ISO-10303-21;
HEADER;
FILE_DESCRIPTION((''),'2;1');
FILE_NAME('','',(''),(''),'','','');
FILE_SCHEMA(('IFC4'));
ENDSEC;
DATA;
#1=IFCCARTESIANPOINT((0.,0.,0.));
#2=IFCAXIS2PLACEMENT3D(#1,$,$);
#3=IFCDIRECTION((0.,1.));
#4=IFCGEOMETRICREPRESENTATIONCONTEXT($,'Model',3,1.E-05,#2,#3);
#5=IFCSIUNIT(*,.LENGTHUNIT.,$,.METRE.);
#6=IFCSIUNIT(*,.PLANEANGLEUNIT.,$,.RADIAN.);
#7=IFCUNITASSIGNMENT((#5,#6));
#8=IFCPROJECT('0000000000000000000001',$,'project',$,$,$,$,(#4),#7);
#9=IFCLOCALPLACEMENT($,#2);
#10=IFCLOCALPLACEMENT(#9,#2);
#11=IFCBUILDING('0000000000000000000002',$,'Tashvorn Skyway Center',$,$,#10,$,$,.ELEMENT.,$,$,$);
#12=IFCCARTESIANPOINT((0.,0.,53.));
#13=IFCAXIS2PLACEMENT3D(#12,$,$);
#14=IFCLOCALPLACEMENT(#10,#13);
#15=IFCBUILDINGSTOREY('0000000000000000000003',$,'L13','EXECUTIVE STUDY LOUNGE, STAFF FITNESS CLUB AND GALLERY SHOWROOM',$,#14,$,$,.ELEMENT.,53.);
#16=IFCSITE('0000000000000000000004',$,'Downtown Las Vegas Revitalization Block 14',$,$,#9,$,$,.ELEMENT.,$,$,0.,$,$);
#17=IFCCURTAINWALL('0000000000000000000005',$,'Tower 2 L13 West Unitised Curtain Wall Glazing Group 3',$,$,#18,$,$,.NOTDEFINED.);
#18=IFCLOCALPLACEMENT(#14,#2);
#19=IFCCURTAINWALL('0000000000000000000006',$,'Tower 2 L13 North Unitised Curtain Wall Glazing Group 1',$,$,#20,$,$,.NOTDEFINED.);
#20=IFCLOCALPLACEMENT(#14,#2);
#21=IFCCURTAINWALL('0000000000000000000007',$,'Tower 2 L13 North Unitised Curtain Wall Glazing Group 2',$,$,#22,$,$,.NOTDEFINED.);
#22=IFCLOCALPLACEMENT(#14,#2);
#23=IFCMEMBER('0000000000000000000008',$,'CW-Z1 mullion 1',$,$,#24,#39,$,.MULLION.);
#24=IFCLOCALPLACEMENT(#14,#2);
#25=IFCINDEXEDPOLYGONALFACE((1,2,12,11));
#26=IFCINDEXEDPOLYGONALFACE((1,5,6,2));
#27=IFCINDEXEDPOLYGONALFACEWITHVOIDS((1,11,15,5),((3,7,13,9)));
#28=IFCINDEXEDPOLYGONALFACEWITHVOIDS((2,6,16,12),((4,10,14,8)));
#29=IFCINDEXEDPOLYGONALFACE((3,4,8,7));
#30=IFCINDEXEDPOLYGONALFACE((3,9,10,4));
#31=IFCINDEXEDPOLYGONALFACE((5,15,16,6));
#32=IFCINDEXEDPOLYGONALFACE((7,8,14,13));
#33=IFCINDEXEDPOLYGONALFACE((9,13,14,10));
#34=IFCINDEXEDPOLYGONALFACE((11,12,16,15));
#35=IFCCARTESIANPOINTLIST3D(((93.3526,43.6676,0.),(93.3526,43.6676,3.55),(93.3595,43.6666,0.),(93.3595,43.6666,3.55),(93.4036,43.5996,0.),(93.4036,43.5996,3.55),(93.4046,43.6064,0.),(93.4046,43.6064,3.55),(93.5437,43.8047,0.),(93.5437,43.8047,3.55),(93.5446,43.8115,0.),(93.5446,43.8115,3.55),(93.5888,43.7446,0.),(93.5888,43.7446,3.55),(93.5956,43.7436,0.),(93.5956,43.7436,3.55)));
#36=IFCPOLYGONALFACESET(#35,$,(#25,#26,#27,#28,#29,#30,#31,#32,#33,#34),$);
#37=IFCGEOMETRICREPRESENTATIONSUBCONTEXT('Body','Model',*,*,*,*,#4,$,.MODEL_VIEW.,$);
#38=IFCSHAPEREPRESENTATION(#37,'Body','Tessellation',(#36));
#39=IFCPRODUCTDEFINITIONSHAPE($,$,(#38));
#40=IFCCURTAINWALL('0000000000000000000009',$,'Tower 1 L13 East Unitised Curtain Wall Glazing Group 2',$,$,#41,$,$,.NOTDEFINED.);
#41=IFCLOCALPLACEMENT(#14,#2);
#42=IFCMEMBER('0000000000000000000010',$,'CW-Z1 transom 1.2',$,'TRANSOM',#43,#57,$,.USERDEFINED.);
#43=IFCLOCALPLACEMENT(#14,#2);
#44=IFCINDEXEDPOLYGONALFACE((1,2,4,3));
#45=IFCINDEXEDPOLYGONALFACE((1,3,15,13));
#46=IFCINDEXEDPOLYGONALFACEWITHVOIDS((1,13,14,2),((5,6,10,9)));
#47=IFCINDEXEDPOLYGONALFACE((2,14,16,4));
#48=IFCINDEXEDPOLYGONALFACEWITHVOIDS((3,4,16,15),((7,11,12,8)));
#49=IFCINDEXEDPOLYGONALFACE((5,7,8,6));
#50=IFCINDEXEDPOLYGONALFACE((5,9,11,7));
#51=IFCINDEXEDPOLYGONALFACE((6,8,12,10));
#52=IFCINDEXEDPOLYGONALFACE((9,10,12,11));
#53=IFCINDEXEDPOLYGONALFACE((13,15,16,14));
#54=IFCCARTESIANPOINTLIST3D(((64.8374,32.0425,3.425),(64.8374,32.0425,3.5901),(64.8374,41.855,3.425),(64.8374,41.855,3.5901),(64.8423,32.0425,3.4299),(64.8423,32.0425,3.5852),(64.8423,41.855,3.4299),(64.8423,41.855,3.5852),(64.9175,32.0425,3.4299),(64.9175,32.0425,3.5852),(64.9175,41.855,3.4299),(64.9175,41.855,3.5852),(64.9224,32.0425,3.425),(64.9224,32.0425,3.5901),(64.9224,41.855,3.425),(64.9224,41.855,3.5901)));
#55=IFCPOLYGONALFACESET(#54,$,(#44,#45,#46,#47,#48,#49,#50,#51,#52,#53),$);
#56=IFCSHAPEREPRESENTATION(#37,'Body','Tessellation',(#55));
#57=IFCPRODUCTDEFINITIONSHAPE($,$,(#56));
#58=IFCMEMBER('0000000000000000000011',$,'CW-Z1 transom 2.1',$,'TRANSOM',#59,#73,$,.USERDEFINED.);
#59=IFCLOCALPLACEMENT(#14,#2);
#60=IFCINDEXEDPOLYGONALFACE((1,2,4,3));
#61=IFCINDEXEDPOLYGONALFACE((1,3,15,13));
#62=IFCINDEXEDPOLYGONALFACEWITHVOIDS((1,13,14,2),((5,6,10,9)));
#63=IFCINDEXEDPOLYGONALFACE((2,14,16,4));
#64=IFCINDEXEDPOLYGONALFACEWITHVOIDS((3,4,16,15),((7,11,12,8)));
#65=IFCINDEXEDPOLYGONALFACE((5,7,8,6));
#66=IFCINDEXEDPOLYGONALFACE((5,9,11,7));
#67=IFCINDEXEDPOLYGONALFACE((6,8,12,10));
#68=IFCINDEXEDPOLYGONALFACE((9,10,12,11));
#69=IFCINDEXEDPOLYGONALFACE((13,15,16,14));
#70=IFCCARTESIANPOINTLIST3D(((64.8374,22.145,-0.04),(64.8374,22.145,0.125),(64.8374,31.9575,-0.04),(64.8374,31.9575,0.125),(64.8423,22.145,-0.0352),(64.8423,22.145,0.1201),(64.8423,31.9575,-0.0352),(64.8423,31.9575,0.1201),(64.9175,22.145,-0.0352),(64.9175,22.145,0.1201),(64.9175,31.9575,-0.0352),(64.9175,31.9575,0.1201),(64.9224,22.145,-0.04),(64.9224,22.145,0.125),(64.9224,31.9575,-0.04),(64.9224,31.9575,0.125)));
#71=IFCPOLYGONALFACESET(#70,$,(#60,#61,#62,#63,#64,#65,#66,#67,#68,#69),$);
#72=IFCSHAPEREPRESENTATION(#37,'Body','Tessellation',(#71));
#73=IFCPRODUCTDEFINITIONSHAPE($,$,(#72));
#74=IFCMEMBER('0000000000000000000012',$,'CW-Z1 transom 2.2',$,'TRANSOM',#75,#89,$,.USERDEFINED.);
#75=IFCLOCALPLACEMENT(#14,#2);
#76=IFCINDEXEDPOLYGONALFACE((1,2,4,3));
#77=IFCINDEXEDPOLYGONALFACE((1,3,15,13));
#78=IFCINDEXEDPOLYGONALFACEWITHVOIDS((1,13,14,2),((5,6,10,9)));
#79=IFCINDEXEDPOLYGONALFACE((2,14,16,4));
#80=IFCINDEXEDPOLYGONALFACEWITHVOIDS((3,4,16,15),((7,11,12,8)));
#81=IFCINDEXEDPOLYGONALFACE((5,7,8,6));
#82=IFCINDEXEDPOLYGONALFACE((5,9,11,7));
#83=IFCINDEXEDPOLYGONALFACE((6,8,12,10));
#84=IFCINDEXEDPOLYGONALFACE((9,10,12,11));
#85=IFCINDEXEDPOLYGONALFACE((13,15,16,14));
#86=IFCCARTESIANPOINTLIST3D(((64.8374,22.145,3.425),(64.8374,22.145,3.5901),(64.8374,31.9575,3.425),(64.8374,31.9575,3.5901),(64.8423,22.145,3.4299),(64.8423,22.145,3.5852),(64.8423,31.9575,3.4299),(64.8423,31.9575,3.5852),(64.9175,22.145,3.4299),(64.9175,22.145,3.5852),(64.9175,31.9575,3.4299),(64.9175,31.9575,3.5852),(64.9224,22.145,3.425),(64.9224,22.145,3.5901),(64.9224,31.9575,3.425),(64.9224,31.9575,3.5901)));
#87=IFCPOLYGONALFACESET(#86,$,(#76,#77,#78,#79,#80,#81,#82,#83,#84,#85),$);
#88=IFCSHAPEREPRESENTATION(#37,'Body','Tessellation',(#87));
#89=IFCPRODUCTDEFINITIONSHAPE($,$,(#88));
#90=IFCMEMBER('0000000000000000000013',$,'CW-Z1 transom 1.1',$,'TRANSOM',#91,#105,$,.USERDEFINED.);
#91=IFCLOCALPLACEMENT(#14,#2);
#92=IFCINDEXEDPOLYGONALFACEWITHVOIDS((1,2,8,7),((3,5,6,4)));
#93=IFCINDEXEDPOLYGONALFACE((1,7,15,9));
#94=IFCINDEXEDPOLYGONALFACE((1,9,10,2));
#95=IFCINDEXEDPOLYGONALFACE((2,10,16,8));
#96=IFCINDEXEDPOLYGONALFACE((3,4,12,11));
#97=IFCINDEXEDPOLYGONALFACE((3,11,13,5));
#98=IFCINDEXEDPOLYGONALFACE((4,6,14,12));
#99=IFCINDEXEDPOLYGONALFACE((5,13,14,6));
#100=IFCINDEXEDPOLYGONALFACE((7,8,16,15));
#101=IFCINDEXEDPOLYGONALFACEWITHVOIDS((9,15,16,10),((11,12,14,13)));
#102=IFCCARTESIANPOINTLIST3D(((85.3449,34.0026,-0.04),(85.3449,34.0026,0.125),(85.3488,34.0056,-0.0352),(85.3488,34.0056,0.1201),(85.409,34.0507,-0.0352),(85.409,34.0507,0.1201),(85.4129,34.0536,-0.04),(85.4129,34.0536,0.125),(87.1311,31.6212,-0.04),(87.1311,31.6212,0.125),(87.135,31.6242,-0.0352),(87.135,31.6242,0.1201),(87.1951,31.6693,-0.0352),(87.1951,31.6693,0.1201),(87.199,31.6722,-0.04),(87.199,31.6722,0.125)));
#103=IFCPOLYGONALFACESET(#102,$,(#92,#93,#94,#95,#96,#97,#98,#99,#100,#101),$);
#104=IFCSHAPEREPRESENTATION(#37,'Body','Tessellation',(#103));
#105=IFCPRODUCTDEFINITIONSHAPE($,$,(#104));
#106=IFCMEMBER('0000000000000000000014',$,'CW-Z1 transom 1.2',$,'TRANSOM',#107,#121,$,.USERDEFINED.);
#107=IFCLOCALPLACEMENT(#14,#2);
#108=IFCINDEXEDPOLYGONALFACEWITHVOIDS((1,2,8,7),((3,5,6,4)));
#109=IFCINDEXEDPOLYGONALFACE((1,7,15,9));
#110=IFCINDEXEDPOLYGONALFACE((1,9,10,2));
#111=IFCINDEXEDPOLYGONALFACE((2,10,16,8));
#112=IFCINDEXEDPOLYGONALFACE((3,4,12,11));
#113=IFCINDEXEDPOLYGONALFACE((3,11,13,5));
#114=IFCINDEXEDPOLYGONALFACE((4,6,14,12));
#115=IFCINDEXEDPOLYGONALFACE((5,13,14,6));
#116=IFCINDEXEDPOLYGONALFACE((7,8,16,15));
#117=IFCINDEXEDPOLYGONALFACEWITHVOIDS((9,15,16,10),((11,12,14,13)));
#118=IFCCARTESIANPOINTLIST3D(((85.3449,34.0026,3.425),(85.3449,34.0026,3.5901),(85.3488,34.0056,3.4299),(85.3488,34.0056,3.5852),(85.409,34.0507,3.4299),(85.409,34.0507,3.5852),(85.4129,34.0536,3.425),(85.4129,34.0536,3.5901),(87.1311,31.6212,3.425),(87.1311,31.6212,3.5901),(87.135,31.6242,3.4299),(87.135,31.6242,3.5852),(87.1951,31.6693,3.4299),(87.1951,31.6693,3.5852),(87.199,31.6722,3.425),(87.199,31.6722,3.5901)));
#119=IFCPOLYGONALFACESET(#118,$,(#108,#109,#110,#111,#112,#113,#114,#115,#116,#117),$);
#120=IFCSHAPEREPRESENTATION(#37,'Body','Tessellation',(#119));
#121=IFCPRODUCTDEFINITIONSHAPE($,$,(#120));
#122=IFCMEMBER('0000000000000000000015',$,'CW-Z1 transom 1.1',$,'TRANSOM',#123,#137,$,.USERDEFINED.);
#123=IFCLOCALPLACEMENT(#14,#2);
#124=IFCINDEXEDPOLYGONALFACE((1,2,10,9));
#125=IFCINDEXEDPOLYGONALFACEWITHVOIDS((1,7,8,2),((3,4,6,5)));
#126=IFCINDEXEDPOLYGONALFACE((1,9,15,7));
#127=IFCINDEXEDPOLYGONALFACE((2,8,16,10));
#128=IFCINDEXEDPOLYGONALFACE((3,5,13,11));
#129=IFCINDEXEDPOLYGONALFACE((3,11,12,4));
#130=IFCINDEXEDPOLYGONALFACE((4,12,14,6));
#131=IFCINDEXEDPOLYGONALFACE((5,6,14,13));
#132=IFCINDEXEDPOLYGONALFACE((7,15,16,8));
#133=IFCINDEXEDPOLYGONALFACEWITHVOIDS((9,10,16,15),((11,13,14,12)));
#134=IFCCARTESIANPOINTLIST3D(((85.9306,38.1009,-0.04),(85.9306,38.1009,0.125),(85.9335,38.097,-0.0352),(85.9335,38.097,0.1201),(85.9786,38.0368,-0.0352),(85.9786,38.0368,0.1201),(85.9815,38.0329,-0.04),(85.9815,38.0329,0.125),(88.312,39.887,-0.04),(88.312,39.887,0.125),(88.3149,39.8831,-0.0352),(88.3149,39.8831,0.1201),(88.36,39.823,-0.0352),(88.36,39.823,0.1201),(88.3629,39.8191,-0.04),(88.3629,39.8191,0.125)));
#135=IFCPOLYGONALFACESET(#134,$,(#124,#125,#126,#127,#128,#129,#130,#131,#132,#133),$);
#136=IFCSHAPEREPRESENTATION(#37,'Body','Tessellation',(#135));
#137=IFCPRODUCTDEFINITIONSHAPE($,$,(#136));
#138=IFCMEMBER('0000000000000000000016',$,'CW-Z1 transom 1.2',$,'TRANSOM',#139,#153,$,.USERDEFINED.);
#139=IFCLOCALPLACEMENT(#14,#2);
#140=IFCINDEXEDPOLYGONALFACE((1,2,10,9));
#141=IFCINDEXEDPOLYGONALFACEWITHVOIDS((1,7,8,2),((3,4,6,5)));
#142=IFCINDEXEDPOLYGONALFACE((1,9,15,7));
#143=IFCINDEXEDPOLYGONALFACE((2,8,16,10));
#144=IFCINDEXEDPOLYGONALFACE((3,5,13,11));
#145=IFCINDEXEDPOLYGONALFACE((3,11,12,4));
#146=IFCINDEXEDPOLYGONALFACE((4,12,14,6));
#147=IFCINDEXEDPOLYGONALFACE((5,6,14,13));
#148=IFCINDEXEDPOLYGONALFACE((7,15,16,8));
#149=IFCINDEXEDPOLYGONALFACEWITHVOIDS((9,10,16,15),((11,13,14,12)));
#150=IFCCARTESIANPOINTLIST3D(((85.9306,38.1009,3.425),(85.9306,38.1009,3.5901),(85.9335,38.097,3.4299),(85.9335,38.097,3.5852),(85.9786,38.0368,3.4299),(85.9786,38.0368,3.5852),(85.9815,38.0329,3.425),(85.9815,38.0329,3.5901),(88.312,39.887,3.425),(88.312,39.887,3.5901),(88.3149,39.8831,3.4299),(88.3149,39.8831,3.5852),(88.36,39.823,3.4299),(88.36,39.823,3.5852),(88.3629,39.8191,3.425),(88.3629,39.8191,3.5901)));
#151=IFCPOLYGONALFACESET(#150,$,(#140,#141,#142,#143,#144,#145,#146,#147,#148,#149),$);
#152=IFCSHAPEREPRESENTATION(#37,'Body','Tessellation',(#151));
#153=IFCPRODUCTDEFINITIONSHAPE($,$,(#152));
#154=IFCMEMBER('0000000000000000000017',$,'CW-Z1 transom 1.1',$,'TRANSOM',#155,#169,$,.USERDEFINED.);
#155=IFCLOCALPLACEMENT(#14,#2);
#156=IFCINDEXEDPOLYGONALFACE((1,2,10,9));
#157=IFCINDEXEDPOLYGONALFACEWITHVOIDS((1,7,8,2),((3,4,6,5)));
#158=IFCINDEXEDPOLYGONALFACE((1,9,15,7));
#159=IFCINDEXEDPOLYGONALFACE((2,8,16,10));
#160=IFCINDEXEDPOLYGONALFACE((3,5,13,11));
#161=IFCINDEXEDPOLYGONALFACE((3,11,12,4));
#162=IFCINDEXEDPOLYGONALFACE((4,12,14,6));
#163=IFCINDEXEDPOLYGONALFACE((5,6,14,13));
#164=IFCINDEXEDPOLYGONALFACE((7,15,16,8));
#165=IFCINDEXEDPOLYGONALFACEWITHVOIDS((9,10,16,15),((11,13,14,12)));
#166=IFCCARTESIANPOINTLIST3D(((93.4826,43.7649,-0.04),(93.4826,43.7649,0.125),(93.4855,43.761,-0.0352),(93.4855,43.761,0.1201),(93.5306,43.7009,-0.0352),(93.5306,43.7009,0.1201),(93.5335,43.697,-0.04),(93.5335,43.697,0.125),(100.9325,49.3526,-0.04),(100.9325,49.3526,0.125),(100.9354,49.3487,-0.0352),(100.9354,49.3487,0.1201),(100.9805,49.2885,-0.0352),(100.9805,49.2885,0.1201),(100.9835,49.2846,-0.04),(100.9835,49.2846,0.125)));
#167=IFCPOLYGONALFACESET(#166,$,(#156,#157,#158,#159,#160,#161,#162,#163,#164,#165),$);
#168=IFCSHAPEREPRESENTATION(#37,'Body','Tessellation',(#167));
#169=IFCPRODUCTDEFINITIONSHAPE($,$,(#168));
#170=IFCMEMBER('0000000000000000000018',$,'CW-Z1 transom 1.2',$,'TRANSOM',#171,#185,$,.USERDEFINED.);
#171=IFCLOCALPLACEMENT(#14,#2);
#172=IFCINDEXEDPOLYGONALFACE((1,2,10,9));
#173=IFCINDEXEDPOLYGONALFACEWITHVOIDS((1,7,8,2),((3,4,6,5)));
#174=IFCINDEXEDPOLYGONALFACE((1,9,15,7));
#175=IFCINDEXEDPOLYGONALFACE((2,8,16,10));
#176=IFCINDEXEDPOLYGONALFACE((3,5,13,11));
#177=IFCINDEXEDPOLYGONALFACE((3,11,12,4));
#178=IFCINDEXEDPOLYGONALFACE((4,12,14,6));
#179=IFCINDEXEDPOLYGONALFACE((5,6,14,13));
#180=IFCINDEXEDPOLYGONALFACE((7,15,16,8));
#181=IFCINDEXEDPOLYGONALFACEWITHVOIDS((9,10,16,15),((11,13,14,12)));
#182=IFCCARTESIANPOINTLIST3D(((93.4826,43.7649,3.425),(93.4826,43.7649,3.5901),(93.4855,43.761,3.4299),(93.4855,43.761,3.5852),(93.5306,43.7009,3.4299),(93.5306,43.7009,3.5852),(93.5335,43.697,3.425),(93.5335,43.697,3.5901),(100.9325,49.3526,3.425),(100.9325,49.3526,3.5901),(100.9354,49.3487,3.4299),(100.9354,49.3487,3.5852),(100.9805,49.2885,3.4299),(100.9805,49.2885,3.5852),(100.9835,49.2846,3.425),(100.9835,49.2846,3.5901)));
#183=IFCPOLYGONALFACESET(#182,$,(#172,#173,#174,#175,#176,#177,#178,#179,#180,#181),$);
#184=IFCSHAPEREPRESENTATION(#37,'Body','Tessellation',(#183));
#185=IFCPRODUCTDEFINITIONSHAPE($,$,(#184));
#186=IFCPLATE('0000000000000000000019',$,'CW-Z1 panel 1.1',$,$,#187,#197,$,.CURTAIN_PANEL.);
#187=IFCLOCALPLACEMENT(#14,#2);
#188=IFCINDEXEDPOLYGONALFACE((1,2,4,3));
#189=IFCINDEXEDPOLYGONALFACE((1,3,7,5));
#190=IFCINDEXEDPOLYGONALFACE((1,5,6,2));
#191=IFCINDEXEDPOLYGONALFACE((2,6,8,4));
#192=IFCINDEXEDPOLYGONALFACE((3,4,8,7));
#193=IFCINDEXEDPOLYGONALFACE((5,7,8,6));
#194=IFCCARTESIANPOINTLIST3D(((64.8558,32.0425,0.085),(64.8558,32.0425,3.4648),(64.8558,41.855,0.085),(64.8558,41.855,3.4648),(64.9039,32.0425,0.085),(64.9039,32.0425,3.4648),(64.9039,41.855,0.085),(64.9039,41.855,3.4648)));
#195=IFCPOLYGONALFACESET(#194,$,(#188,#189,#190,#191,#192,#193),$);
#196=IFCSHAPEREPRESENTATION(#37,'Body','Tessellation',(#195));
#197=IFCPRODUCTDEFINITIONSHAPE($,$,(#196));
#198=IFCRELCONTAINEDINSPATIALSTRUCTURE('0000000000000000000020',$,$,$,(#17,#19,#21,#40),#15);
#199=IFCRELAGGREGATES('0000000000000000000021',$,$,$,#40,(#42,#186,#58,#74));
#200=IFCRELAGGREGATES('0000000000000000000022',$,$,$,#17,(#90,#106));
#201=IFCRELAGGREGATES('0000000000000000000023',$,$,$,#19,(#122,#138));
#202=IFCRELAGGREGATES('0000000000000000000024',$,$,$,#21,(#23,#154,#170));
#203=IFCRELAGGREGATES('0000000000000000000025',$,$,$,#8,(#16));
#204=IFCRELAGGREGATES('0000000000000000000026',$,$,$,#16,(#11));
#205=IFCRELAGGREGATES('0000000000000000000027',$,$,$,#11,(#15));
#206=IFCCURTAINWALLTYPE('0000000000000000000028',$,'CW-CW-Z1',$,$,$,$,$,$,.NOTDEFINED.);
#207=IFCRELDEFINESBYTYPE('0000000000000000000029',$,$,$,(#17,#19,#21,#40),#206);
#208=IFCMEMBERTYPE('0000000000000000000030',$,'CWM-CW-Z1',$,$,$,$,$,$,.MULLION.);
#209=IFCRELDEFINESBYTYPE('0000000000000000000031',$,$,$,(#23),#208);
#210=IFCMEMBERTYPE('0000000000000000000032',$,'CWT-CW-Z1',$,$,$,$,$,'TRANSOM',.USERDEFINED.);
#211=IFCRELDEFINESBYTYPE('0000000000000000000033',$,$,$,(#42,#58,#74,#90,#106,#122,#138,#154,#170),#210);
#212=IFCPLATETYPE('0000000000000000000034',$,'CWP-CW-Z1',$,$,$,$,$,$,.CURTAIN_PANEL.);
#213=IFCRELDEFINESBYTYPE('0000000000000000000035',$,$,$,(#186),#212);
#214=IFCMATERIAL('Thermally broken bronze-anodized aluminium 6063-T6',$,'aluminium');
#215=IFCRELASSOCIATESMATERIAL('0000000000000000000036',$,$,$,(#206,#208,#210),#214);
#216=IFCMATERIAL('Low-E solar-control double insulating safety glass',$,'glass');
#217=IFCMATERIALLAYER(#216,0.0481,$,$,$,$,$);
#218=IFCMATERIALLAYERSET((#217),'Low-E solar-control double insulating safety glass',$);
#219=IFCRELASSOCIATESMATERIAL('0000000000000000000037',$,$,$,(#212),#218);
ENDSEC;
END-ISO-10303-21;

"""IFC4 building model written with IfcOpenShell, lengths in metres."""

from ifc_helpers import new_model, si_unit, direction, frame, origin, origin_2d, place, context, subcontext, project, spatial, rectangle, hollow_rectangle, extrude, material, layer, layer_set, material_profile, profile_set, type_object, element, aggregate, save


model = new_model("IFC4")

# Units and contexts
model_context = context("Model", 3, precision=1e-05, world=origin(), true_north=direction((0.0, 1.0)))
body_context = subcontext(model_context, "Body", "Model", "MODEL_VIEW")
ifc_project = project(units=[si_unit("LENGTHUNIT", "METRE"), si_unit("PLANEANGLEUNIT", "RADIAN")], contexts=[model_context])

# Site, building, storey
site_placement = place(None, origin())
site = spatial("IfcSite", under=ifc_project, at=site_placement, Name="Downtown Las Vegas Revitalization Block 14", CompositionType="ELEMENT", RefElevation=0.0)
building_placement = place(site_placement, origin())
building = spatial("IfcBuilding", under=site, at=building_placement, Name="Tashvorn Skyway Center", CompositionType="ELEMENT")
storey_placement = place(building_placement, frame((0.0, 0.0, 53.0)))
storey = spatial("IfcBuildingStorey", under=building, at=storey_placement, Name="L13", Description="EXECUTIVE STUDY LOUNGE, STAFF FITNESS CLUB AND GALLERY SHOWROOM", CompositionType="ELEMENT", Elevation=53.0)

# Curtain walls
ifc_material_1 = material(Name="Thermally broken bronze-anodized aluminium 6063-T6", Category="aluminium")
curtain_wall_type = type_object("IfcCurtainWallType", Name="CW-CW-Z1", PredefinedType="NOTDEFINED", material=ifc_material_1)
curtain_wall_1_placement = place(storey_placement, origin())
curtain_wall_1 = element("IfcCurtainWall", 1, at=curtain_wall_1_placement, inside=storey, type_object=curtain_wall_type, Name="Tower 2 L13 West Unitised Curtain Wall Glazing Group 3", PredefinedType="NOTDEFINED")
ifc_material_profile_1 = material_profile(ifc_material_1, hollow_rectangle(XDim=0.085, YDim=0.24, WallThickness=0.0049, at=origin_2d()), Name="ALU-MULL-85x240")
ifc_profile_set_1 = profile_set([ifc_material_profile_1], Name="Thermally broken bronze-anodized aluminium 6063-T6")
member_type_1 = type_object("IfcMemberType", Name="CWM-CW-Z1", PredefinedType="MULLION", material=ifc_profile_set_1)
curtain_wall_2_placement = place(storey_placement, origin())
curtain_wall_2 = element("IfcCurtainWall", 2, at=curtain_wall_2_placement, inside=storey, type_object=curtain_wall_type, Name="Tower 2 L13 North Unitised Curtain Wall Glazing Group 1", PredefinedType="NOTDEFINED")

# Curtain wall, member
curtain_wall_3_placement = place(storey_placement, origin())
curtain_wall_3 = element("IfcCurtainWall", 3, at=curtain_wall_3_placement, inside=storey, type_object=curtain_wall_type, Name="Tower 2 L13 North Unitised Curtain Wall Glazing Group 2", PredefinedType="NOTDEFINED")
member_1_placement = place(storey_placement, frame((93.4741, 43.7056, 0.0), z_axis=(0.0, 0.0, 1.0), x_axis=(-0.6, 0.8, 0.0)))
member_1 = element("IfcMember", 4, at=member_1_placement, type_object=member_type_1, Name="CW-Z1 mullion 1", PredefinedType="MULLION", context=body_context, shape_type="SweptSolid", body=[
    extrude(hollow_rectangle(XDim=0.085, YDim=0.24, WallThickness=0.0049, at=origin_2d()), origin(), (0.0, 0.0, 1.0), 3.55),
])

# Curtain wall, members
curtain_wall_4_placement = place(storey_placement, origin())
curtain_wall_4 = element("IfcCurtainWall", 5, at=curtain_wall_4_placement, inside=storey, type_object=curtain_wall_type, Name="Tower 1 L13 East Unitised Curtain Wall Glazing Group 2", PredefinedType="NOTDEFINED")
ifc_material_profile_2 = material_profile(ifc_material_1, hollow_rectangle(XDim=0.085, YDim=0.165, WallThickness=0.0049, at=origin_2d()), Name="ALU-TRAN-85x165")
ifc_profile_set_2 = profile_set([ifc_material_profile_2], Name="Thermally broken bronze-anodized aluminium 6063-T6")
member_type_2 = type_object("IfcMemberType", Name="CWT-CW-Z1", ElementType="TRANSOM", PredefinedType="USERDEFINED", material=ifc_profile_set_2)
member_2_placement = place(storey_placement, frame((64.8799, 41.855, 3.5076), z_axis=(0.0, -1.0, 0.0), x_axis=(1.0, 0.0, 0.0)))
member_2 = element("IfcMember", 6, at=member_2_placement, type_object=member_type_2, Name="CW-Z1 transom 1.2", ObjectType="TRANSOM", PredefinedType="USERDEFINED", context=body_context, shape_type="SweptSolid", body=[
    extrude(hollow_rectangle(XDim=0.085, YDim=0.165, WallThickness=0.0049, at=origin_2d()), origin(), (0.0, 0.0, 1.0), 9.8125),
])
member_3_placement = place(storey_placement, frame((64.8799, 31.9575, 0.0425), z_axis=(0.0, -1.0, 0.0), x_axis=(1.0, 0.0, 0.0)))
member_3 = element("IfcMember", 7, at=member_3_placement, type_object=member_type_2, Name="CW-Z1 transom 2.1", ObjectType="TRANSOM", PredefinedType="USERDEFINED", context=body_context, shape_type="SweptSolid", body=[
    extrude(hollow_rectangle(XDim=0.085, YDim=0.165, WallThickness=0.0049, at=origin_2d()), origin(), (0.0, 0.0, 1.0), 9.8125),
])
member_4_placement = place(storey_placement, frame((64.8799, 31.9575, 3.5076), z_axis=(0.0, -1.0, 0.0), x_axis=(1.0, 0.0, 0.0)))
member_4 = element("IfcMember", 8, at=member_4_placement, type_object=member_type_2, Name="CW-Z1 transom 2.2", ObjectType="TRANSOM", PredefinedType="USERDEFINED", context=body_context, shape_type="SweptSolid", body=[
    extrude(hollow_rectangle(XDim=0.085, YDim=0.165, WallThickness=0.0049, at=origin_2d()), origin(), (0.0, 0.0, 1.0), 9.8125),
])

# Members
member_5_placement = place(storey_placement, frame((87.165, 31.6467, 0.0425), z_axis=(-0.600026, 0.79998, 0.0), x_axis=(-0.79998, -0.600026, 0.0)))
member_5 = element("IfcMember", 9, at=member_5_placement, type_object=member_type_2, Name="CW-Z1 transom 1.1", ObjectType="TRANSOM", PredefinedType="USERDEFINED", context=body_context, shape_type="SweptSolid", body=[
    extrude(hollow_rectangle(XDim=0.085, YDim=0.165, WallThickness=0.0049, at=origin_2d()), origin(), (0.0, 0.0, 1.0), 2.9768),
])
member_6_placement = place(storey_placement, frame((87.165, 31.6467, 3.5076), z_axis=(-0.600026, 0.79998, 0.0), x_axis=(-0.79998, -0.600026, 0.0)))
member_6 = element("IfcMember", 10, at=member_6_placement, type_object=member_type_2, Name="CW-Z1 transom 1.2", ObjectType="TRANSOM", PredefinedType="USERDEFINED", context=body_context, shape_type="SweptSolid", body=[
    extrude(hollow_rectangle(XDim=0.085, YDim=0.165, WallThickness=0.0049, at=origin_2d()), origin(), (0.0, 0.0, 1.0), 2.9768),
])
member_7_placement = place(storey_placement, frame((85.9561, 38.0669, 0.0425), z_axis=(0.79998, 0.600026, 0.0), x_axis=(-0.600026, 0.79998, 0.0)))
member_7 = element("IfcMember", 11, at=member_7_placement, type_object=member_type_2, Name="CW-Z1 transom 1.1", ObjectType="TRANSOM", PredefinedType="USERDEFINED", context=body_context, shape_type="SweptSolid", body=[
    extrude(hollow_rectangle(XDim=0.085, YDim=0.165, WallThickness=0.0049, at=origin_2d()), origin(), (0.0, 0.0, 1.0), 2.9768),
])
member_8_placement = place(storey_placement, frame((85.9561, 38.0669, 3.5076), z_axis=(0.79998, 0.600026, 0.0), x_axis=(-0.600026, 0.79998, 0.0)))
member_8 = element("IfcMember", 12, at=member_8_placement, type_object=member_type_2, Name="CW-Z1 transom 1.2", ObjectType="TRANSOM", PredefinedType="USERDEFINED", context=body_context, shape_type="SweptSolid", body=[
    extrude(hollow_rectangle(XDim=0.085, YDim=0.165, WallThickness=0.0049, at=origin_2d()), origin(), (0.0, 0.0, 1.0), 2.9768),
])
member_9_placement = place(storey_placement, frame((93.5081, 43.731, 0.0425), z_axis=(0.799991, 0.600013, 0.0), x_axis=(-0.600013, 0.799991, 0.0)))
member_9 = element("IfcMember", 13, at=member_9_placement, type_object=member_type_2, Name="CW-Z1 transom 1.1", ObjectType="TRANSOM", PredefinedType="USERDEFINED", context=body_context, shape_type="SweptSolid", body=[
    extrude(hollow_rectangle(XDim=0.085, YDim=0.165, WallThickness=0.0049, at=origin_2d()), origin(), (0.0, 0.0, 1.0), 9.3125),
])
member_10_placement = place(storey_placement, frame((93.5081, 43.731, 3.5076), z_axis=(0.799991, 0.600013, 0.0), x_axis=(-0.600013, 0.799991, 0.0)))
member_10 = element("IfcMember", 14, at=member_10_placement, type_object=member_type_2, Name="CW-Z1 transom 1.2", ObjectType="TRANSOM", PredefinedType="USERDEFINED", context=body_context, shape_type="SweptSolid", body=[
    extrude(hollow_rectangle(XDim=0.085, YDim=0.165, WallThickness=0.0049, at=origin_2d()), origin(), (0.0, 0.0, 1.0), 9.3125),
])

# Plate
ifc_material_2 = material(Name="Low-E solar-control double insulating safety glass", Category="glass")
ifc_layer_1 = layer(ifc_material_2, 0.0481)
ifc_layer_set_1 = layer_set([ifc_layer_1], Name="Low-E solar-control double insulating safety glass")
plate_type = type_object("IfcPlateType", Name="CWP-CW-Z1", PredefinedType="CURTAIN_PANEL", material=ifc_layer_set_1)
plate_1_placement = place(storey_placement, frame((64.8799, 36.9487, 0.085), z_axis=(0.0, 0.0, 1.0), x_axis=(0.0, -1.0, 0.0)))
plate_1 = element("IfcPlate", 15, at=plate_1_placement, type_object=plate_type, Name="CW-Z1 panel 1.1", PredefinedType="CURTAIN_PANEL", context=body_context, shape_type="SweptSolid", body=[
    extrude(rectangle(XDim=9.8125, YDim=0.0481, at=origin_2d()), origin(), (0.0, 0.0, 1.0), 3.3799),
])
aggregate(curtain_wall_4, [member_2, plate_1, member_3, member_4])
aggregate(curtain_wall_1, [member_5, member_6])
aggregate(curtain_wall_2, [member_7, member_8])
aggregate(curtain_wall_3, [member_1, member_9, member_10])

save(model, "model.ifc")
